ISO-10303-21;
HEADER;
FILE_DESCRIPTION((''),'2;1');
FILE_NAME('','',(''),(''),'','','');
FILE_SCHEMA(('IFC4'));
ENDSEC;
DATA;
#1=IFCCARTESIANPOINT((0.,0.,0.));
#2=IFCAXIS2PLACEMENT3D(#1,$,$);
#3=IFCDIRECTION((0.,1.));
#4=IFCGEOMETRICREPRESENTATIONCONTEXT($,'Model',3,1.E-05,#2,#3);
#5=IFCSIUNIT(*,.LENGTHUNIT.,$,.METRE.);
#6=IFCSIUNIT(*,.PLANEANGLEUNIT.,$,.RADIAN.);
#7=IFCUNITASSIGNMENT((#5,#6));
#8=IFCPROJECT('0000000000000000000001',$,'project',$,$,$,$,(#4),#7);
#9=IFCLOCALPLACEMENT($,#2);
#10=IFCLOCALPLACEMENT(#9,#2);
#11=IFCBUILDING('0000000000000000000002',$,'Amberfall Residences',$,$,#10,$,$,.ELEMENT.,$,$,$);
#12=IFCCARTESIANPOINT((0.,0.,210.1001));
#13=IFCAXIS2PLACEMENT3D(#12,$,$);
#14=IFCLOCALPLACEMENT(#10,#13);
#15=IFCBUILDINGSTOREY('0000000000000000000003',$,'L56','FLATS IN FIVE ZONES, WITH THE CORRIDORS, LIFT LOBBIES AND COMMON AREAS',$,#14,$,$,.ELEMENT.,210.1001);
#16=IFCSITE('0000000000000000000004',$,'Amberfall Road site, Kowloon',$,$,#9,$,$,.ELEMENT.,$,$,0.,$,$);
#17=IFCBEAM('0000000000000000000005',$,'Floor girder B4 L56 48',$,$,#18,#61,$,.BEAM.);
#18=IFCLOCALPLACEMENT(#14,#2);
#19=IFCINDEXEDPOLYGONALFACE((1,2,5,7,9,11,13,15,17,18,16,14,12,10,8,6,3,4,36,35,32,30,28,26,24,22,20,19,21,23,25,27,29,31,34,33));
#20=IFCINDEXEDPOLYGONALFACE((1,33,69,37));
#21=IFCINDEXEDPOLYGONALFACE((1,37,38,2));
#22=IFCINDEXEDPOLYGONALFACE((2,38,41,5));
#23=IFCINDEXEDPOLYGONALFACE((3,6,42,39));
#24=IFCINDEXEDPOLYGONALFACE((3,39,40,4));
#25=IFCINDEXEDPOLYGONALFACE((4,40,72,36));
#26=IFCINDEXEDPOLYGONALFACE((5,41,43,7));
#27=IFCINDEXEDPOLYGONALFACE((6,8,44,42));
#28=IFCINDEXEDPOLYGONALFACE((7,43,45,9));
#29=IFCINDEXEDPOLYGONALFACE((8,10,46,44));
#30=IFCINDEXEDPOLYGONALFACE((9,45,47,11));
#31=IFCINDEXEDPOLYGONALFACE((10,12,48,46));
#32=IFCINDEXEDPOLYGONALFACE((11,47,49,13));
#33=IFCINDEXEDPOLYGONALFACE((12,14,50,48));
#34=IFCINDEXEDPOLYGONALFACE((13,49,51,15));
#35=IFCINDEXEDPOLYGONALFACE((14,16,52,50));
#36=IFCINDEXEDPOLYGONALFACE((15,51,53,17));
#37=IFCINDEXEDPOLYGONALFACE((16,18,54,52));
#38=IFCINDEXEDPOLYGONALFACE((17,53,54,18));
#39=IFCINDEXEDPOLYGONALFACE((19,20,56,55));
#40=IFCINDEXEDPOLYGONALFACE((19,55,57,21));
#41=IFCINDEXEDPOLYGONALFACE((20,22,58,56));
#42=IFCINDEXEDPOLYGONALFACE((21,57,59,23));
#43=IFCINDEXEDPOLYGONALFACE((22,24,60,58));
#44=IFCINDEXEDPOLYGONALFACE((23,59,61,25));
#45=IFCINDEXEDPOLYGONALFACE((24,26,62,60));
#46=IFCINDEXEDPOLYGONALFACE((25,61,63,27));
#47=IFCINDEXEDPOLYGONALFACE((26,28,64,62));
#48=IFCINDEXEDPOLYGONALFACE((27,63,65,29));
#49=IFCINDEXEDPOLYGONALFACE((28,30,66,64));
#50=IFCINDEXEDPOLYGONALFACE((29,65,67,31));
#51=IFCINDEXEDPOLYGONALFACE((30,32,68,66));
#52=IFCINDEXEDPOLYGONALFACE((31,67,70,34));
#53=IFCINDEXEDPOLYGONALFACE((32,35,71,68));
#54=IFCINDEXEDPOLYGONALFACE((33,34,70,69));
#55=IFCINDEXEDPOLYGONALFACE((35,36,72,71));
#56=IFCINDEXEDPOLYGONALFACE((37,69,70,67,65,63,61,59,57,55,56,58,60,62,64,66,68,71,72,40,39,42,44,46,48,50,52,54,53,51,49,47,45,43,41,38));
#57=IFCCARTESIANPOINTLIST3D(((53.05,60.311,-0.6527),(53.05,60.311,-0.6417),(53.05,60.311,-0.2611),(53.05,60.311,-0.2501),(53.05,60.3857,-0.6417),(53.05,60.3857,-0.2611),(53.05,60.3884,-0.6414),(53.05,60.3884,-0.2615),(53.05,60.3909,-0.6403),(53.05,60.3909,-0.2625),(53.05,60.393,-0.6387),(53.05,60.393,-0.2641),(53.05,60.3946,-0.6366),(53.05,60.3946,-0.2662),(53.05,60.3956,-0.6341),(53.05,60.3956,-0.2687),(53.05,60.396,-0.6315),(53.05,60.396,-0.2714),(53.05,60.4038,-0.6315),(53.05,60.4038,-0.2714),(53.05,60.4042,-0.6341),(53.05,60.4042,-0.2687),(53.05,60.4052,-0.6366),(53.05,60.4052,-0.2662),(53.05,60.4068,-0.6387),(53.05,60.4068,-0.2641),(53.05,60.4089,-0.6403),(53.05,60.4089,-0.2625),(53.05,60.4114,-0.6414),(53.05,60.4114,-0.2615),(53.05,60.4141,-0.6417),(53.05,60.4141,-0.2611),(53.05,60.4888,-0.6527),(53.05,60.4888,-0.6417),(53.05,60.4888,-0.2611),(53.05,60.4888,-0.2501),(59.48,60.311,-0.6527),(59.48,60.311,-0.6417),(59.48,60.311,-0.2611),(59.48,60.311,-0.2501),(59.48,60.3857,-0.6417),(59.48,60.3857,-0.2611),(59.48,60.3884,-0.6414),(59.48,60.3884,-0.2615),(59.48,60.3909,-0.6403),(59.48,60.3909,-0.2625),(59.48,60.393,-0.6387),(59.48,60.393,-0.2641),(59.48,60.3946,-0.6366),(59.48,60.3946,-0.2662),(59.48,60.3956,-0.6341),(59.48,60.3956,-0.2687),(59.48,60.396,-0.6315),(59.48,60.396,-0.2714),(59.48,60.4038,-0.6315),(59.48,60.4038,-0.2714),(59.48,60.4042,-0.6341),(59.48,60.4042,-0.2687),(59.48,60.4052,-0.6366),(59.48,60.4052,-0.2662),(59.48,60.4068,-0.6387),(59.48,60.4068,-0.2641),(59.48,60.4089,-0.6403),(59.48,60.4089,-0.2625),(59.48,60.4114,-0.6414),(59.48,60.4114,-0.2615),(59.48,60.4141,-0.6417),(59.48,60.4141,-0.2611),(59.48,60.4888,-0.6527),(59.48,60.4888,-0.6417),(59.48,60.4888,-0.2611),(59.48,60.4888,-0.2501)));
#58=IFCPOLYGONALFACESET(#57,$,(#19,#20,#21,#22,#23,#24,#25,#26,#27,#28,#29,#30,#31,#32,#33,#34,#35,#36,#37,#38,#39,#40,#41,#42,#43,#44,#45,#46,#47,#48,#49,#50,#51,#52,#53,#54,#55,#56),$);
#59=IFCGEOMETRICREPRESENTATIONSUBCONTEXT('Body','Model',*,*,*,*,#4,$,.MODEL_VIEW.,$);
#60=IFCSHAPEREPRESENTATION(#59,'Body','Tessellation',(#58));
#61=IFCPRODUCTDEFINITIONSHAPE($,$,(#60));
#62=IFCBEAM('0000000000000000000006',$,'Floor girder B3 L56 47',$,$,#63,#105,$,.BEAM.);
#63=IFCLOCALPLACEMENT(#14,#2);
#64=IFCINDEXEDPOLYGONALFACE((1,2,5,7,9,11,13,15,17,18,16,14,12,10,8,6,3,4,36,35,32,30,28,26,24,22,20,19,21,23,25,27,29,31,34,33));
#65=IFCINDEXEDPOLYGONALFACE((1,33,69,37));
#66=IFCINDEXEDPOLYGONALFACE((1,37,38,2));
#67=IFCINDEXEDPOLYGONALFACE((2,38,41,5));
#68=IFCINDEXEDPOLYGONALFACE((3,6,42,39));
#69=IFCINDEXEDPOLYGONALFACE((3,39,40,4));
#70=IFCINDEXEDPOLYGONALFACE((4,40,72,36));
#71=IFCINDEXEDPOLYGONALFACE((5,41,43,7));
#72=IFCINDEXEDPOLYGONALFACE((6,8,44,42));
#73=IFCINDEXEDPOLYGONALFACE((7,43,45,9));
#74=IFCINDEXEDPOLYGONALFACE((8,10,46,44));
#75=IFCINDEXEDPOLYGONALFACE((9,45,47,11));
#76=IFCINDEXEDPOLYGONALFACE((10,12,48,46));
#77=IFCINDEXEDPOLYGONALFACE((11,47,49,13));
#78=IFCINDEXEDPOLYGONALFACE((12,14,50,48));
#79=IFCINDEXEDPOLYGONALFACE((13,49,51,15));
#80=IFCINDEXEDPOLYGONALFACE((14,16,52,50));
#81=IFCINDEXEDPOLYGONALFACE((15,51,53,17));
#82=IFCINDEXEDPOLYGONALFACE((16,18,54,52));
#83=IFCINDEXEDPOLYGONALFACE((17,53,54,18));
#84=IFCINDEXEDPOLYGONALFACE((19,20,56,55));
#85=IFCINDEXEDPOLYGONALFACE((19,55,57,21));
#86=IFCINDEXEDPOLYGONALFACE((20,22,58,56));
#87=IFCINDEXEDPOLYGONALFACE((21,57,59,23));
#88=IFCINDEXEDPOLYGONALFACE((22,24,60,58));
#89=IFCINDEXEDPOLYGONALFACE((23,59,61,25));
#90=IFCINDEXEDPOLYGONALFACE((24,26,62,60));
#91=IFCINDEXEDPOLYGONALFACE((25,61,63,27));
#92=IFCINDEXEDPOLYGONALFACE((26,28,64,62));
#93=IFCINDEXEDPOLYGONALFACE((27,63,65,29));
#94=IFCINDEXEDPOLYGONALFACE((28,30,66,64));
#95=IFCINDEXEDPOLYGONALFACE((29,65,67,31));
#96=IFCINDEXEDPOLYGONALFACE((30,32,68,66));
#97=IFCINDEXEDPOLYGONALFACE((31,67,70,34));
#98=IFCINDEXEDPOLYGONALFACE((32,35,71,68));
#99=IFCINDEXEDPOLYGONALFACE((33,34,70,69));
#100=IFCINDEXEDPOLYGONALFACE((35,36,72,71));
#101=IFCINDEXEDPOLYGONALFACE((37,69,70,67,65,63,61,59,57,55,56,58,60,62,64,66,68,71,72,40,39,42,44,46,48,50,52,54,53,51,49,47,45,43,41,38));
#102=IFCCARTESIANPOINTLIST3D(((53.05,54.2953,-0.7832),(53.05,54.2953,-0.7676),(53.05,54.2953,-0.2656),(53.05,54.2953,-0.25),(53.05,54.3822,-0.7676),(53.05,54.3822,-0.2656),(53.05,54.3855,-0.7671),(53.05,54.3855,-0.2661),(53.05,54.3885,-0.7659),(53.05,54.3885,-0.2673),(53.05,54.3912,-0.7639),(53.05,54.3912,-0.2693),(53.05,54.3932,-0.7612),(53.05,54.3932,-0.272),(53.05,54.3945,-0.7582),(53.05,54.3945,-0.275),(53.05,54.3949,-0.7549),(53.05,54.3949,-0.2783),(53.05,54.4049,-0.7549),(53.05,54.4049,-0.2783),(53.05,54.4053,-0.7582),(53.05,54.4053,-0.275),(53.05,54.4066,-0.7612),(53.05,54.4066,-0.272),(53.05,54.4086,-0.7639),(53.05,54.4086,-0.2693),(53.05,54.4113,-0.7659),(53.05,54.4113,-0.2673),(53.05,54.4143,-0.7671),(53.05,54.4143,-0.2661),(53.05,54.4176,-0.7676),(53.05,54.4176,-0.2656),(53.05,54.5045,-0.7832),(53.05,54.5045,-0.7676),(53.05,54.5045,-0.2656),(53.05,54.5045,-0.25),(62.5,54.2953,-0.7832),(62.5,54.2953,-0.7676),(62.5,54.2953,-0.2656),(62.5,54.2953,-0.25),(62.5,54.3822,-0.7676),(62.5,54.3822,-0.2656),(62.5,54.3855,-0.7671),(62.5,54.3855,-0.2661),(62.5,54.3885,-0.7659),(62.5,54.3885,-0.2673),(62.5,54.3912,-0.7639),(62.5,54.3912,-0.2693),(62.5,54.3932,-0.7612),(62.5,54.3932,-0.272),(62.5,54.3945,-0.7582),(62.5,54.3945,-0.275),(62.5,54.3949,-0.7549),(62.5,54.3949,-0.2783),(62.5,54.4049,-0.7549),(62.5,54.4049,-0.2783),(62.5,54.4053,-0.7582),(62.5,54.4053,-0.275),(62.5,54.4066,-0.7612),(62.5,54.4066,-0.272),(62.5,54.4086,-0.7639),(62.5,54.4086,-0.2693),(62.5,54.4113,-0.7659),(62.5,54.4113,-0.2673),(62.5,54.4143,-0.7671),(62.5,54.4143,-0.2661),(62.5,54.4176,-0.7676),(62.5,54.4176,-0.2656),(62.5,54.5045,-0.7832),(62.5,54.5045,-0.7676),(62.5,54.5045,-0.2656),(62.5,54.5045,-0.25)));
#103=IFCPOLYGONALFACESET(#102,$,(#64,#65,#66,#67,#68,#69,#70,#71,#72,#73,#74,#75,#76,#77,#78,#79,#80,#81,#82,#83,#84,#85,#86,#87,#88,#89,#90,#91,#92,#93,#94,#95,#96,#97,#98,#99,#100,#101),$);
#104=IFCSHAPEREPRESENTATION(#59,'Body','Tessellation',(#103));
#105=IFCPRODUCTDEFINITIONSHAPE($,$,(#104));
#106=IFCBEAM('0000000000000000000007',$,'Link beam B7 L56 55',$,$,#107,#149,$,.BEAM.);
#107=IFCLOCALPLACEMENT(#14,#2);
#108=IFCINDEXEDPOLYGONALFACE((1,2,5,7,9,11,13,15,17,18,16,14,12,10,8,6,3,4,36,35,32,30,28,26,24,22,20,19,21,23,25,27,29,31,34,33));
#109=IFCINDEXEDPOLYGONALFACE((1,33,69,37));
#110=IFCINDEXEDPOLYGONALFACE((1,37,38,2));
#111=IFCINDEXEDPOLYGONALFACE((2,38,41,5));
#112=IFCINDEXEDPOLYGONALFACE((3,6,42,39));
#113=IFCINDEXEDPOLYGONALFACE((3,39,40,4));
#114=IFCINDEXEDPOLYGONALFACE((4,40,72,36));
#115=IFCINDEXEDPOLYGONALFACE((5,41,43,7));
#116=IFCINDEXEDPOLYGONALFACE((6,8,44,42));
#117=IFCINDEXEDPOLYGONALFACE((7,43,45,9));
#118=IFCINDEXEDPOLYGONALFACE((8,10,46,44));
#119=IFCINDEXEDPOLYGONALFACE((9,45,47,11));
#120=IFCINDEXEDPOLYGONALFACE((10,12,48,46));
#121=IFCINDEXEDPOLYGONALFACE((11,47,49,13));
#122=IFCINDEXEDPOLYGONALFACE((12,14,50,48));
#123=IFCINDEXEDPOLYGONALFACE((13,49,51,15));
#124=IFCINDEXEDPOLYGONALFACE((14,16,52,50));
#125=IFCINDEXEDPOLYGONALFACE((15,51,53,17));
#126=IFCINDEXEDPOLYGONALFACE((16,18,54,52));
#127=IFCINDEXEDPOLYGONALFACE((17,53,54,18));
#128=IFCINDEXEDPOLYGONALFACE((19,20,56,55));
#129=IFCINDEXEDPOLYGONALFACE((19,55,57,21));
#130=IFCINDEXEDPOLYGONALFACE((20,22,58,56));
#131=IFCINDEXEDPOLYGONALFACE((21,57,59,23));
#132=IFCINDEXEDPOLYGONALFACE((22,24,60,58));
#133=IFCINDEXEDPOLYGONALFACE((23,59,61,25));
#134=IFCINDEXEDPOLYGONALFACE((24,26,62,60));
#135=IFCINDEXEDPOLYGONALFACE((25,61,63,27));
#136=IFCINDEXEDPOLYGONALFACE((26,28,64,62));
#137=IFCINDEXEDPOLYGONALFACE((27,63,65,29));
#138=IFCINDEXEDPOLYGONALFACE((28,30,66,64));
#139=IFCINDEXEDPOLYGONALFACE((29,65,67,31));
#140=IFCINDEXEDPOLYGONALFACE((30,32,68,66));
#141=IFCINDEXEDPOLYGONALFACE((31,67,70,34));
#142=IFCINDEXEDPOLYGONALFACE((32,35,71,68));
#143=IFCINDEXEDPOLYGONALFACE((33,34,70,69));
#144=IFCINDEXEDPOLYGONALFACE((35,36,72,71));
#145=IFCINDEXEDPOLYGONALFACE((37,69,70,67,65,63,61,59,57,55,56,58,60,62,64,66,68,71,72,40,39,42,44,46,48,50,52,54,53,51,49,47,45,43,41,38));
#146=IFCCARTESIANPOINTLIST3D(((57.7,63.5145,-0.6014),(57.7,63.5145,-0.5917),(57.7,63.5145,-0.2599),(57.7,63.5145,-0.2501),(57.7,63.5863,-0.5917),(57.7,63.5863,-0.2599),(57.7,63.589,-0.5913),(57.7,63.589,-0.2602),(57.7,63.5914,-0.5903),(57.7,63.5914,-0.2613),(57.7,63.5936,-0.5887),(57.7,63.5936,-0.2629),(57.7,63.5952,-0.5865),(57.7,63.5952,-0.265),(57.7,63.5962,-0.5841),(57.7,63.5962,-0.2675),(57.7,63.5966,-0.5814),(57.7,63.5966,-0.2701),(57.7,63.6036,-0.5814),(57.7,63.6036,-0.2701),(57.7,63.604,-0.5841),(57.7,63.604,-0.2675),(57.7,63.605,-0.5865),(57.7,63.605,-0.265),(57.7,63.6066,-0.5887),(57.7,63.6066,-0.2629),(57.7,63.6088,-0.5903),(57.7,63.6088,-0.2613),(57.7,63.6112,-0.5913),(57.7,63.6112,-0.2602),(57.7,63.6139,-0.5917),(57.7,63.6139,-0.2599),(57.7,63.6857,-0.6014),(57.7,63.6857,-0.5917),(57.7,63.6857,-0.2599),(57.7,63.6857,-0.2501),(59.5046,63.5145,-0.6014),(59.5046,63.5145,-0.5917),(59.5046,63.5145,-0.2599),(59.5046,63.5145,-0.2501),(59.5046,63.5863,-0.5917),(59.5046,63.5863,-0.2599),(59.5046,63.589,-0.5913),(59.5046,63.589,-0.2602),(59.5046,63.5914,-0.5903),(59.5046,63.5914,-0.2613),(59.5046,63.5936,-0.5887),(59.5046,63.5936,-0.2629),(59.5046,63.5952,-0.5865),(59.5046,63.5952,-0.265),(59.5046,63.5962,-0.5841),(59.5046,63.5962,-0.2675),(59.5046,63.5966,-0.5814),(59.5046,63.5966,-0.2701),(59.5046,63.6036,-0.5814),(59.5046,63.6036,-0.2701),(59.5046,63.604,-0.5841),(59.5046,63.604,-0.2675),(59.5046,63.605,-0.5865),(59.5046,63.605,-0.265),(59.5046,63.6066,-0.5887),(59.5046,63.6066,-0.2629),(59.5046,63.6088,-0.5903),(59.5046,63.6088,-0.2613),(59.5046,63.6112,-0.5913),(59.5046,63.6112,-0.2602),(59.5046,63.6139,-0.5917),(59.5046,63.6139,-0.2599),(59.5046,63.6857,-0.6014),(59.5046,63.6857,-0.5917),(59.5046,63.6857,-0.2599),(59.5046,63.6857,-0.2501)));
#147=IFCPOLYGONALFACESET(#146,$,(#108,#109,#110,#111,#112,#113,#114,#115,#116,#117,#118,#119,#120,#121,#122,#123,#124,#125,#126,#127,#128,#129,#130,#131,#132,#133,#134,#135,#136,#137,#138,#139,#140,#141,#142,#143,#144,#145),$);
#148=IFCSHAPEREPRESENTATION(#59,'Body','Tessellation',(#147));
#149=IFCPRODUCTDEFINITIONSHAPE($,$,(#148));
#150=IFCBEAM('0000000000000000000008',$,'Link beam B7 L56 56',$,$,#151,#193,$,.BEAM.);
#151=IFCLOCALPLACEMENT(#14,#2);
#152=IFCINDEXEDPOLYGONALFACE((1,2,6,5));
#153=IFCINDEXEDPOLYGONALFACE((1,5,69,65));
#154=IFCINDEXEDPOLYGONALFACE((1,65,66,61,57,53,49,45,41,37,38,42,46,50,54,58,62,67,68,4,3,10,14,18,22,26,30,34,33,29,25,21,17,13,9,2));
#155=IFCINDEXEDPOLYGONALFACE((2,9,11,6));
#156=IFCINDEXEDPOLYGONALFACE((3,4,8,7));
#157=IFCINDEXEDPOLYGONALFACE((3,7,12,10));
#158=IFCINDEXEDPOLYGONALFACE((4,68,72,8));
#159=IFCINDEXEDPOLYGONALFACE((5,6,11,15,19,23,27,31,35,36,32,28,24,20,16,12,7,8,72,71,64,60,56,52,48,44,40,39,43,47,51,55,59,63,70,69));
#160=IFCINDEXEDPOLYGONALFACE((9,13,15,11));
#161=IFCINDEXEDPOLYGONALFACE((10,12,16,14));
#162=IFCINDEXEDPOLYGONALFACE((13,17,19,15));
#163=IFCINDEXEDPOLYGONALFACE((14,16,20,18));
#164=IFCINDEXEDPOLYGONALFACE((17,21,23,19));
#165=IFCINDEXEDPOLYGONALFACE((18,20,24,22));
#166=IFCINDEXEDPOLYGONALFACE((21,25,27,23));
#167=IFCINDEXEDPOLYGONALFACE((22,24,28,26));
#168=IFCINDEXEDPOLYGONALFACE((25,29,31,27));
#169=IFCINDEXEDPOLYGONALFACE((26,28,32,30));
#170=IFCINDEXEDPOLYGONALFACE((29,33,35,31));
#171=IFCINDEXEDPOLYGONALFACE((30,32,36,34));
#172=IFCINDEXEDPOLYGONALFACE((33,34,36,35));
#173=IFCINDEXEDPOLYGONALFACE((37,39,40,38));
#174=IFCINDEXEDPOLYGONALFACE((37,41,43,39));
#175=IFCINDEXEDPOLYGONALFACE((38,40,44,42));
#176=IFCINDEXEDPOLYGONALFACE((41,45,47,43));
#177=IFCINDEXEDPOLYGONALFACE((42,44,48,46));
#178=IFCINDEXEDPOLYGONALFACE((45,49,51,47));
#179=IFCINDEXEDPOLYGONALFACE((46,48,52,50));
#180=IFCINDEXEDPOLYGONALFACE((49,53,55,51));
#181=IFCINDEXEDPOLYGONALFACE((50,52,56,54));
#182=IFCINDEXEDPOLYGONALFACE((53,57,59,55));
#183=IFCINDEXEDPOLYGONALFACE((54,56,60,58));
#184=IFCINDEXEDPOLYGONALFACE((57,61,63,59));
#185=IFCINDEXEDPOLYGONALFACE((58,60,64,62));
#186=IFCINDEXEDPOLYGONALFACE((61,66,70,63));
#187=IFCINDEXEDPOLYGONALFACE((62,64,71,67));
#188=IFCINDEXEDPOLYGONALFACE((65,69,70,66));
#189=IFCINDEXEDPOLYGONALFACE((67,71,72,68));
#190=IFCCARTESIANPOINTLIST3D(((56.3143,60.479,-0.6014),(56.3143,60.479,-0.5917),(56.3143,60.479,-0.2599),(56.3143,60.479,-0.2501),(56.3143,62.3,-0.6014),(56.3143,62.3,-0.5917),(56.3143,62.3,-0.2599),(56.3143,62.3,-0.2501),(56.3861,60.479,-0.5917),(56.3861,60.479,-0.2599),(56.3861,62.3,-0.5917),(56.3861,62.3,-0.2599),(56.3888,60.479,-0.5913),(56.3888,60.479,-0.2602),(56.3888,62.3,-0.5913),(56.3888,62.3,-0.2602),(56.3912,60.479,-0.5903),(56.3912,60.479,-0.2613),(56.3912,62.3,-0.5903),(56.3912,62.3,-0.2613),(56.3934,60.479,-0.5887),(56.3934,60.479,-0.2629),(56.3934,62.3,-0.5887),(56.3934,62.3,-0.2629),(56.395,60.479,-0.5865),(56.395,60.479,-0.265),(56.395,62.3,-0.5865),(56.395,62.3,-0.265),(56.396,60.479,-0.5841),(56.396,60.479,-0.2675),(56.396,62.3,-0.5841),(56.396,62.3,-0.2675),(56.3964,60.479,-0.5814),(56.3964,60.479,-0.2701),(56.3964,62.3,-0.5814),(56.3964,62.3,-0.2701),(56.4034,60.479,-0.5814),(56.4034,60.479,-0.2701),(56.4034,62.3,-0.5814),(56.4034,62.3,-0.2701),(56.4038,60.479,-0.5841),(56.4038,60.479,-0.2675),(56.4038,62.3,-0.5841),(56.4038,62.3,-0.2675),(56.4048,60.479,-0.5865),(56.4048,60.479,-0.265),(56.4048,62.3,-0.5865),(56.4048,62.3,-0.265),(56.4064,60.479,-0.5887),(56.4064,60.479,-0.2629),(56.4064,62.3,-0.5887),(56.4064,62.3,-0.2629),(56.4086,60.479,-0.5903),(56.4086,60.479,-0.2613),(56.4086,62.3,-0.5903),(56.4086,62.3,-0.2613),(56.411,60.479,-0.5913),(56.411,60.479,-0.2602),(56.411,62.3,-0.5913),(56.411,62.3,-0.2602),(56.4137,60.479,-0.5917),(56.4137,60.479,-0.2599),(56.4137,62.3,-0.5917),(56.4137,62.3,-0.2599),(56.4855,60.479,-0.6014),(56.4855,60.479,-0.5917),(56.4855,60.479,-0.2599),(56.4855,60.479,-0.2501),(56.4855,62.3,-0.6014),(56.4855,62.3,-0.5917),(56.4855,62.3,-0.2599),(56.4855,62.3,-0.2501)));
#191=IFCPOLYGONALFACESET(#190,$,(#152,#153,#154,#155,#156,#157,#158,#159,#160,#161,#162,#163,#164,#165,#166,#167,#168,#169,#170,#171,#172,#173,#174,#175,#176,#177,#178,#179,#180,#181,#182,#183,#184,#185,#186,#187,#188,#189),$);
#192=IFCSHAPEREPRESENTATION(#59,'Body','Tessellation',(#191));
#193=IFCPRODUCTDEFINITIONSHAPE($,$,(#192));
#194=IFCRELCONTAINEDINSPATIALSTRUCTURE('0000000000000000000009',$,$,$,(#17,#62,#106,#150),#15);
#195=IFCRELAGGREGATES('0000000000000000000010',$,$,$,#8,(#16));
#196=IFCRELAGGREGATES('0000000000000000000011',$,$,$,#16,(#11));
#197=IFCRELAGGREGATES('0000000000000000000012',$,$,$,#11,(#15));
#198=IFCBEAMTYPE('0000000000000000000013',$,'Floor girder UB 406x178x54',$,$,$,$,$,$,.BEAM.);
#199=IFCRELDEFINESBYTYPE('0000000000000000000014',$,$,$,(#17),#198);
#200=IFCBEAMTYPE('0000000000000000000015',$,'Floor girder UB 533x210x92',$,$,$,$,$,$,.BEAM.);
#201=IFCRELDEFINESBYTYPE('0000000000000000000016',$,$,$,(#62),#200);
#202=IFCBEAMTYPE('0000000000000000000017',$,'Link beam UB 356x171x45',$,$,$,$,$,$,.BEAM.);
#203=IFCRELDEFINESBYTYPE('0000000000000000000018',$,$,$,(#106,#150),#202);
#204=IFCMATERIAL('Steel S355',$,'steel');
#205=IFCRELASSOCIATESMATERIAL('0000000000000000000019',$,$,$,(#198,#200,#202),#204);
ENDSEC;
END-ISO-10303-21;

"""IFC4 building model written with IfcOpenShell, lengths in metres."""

from ifc_helpers import new_model, si_unit, direction, frame, origin, origin_2d, place, context, subcontext, project, spatial, i_section, extrude, material, material_profile, profile_set, type_object, element, save


model = new_model("IFC4")

# Units and contexts
model_context = context("Model", 3, precision=1e-05, world=origin(), true_north=direction((0.0, 1.0)))
body_context = subcontext(model_context, "Body", "Model", "MODEL_VIEW")
ifc_project = project(units=[si_unit("LENGTHUNIT", "METRE"), si_unit("PLANEANGLEUNIT", "RADIAN")], contexts=[model_context])

# Site, building, storey
site_placement = place(None, origin())
site = spatial("IfcSite", under=ifc_project, at=site_placement, Name="Amberfall Road site, Kowloon", CompositionType="ELEMENT", RefElevation=0.0)
building_placement = place(site_placement, origin())
building = spatial("IfcBuilding", under=site, at=building_placement, Name="Amberfall Residences", CompositionType="ELEMENT")
storey_placement = place(building_placement, frame((0.0, 0.0, 210.1001)))
storey = spatial("IfcBuildingStorey", under=building, at=storey_placement, Name="L56", Description="FLATS IN FIVE ZONES, WITH THE CORRIDORS, LIFT LOBBIES AND COMMON AREAS", CompositionType="ELEMENT", Elevation=210.1001)

# Shared definitions
ifc_material_1 = material(Name="Steel S355", Category="steel")

# Beams
ifc_material_profile_1 = material_profile(ifc_material_1, i_section(OverallWidth=0.1777, OverallDepth=0.4026, WebThickness=0.0078, FlangeThickness=0.011, FilletRadius=0.0103, at=origin_2d()), Name="UB 406x178x54")
ifc_profile_set_1 = profile_set([ifc_material_profile_1], Name="Steel S355")
beam_type_1 = type_object("IfcBeamType", Name="Floor girder UB 406x178x54", PredefinedType="BEAM", material=ifc_profile_set_1)
beam_1_placement = place(storey_placement, frame((53.05, 60.3999, -0.4514), z_axis=(1.0, 0.0, 0.0), x_axis=(0.0, 1.0, 0.0)))
element("IfcBeam", 1, at=beam_1_placement, inside=storey, type_object=beam_type_1, Name="Floor girder B4 L56 48", PredefinedType="BEAM", context=body_context, shape_type="SweptSolid", body=[
    extrude(i_section(OverallWidth=0.1777, OverallDepth=0.4026, WebThickness=0.0078, FlangeThickness=0.011, FilletRadius=0.0103, at=origin_2d()), origin(), (0.0, 0.0, 1.0), 6.4299),
])
ifc_material_profile_2 = material_profile(ifc_material_1, i_section(OverallWidth=0.2092, OverallDepth=0.5332, WebThickness=0.01, FlangeThickness=0.0156, FilletRadius=0.0127, at=origin_2d()), Name="UB 533x210x92")
ifc_profile_set_2 = profile_set([ifc_material_profile_2], Name="Steel S355")
beam_type_2 = type_object("IfcBeamType", Name="Floor girder UB 533x210x92", PredefinedType="BEAM", material=ifc_profile_set_2)
beam_2_placement = place(storey_placement, frame((53.05, 54.3999, -0.5166), z_axis=(1.0, 0.0, 0.0), x_axis=(0.0, 1.0, 0.0)))
element("IfcBeam", 2, at=beam_2_placement, inside=storey, type_object=beam_type_2, Name="Floor girder B3 L56 47", PredefinedType="BEAM", context=body_context, shape_type="SweptSolid", body=[
    extrude(i_section(OverallWidth=0.2092, OverallDepth=0.5332, WebThickness=0.01, FlangeThickness=0.0156, FilletRadius=0.0127, at=origin_2d()), origin(), (0.0, 0.0, 1.0), 9.45),
])
ifc_material_profile_3 = material_profile(ifc_material_1, i_section(OverallWidth=0.1711, OverallDepth=0.3513, WebThickness=0.0071, FlangeThickness=0.0098, FilletRadius=0.0103, at=origin_2d()), Name="UB 356x171x45")
ifc_profile_set_3 = profile_set([ifc_material_profile_3], Name="Steel S355")
beam_type_3 = type_object("IfcBeamType", Name="Link beam UB 356x171x45", PredefinedType="BEAM", material=ifc_profile_set_3)
beam_3_placement = place(storey_placement, frame((57.7, 63.6001, -0.4258), z_axis=(1.0, 0.0, 0.0), x_axis=(0.0, 1.0, 0.0)))
element("IfcBeam", 3, at=beam_3_placement, inside=storey, type_object=beam_type_3, Name="Link beam B7 L56 55", PredefinedType="BEAM", context=body_context, shape_type="SweptSolid", body=[
    extrude(i_section(OverallWidth=0.1711, OverallDepth=0.3513, WebThickness=0.0071, FlangeThickness=0.0098, FilletRadius=0.0103, at=origin_2d()), origin(), (0.0, 0.0, 1.0), 1.8047),
])
beam_4_placement = place(storey_placement, frame((56.3999, 62.3, -0.4258), z_axis=(0.0, -1.0, 0.0), x_axis=(1.0, 0.0, 0.0)))
element("IfcBeam", 4, at=beam_4_placement, inside=storey, type_object=beam_type_3, Name="Link beam B7 L56 56", PredefinedType="BEAM", context=body_context, shape_type="SweptSolid", body=[
    extrude(i_section(OverallWidth=0.1711, OverallDepth=0.3513, WebThickness=0.0071, FlangeThickness=0.0098, FilletRadius=0.0103, at=origin_2d()), origin(), (0.0, 0.0, 1.0), 1.821),
])

save(model, "model.ifc")
